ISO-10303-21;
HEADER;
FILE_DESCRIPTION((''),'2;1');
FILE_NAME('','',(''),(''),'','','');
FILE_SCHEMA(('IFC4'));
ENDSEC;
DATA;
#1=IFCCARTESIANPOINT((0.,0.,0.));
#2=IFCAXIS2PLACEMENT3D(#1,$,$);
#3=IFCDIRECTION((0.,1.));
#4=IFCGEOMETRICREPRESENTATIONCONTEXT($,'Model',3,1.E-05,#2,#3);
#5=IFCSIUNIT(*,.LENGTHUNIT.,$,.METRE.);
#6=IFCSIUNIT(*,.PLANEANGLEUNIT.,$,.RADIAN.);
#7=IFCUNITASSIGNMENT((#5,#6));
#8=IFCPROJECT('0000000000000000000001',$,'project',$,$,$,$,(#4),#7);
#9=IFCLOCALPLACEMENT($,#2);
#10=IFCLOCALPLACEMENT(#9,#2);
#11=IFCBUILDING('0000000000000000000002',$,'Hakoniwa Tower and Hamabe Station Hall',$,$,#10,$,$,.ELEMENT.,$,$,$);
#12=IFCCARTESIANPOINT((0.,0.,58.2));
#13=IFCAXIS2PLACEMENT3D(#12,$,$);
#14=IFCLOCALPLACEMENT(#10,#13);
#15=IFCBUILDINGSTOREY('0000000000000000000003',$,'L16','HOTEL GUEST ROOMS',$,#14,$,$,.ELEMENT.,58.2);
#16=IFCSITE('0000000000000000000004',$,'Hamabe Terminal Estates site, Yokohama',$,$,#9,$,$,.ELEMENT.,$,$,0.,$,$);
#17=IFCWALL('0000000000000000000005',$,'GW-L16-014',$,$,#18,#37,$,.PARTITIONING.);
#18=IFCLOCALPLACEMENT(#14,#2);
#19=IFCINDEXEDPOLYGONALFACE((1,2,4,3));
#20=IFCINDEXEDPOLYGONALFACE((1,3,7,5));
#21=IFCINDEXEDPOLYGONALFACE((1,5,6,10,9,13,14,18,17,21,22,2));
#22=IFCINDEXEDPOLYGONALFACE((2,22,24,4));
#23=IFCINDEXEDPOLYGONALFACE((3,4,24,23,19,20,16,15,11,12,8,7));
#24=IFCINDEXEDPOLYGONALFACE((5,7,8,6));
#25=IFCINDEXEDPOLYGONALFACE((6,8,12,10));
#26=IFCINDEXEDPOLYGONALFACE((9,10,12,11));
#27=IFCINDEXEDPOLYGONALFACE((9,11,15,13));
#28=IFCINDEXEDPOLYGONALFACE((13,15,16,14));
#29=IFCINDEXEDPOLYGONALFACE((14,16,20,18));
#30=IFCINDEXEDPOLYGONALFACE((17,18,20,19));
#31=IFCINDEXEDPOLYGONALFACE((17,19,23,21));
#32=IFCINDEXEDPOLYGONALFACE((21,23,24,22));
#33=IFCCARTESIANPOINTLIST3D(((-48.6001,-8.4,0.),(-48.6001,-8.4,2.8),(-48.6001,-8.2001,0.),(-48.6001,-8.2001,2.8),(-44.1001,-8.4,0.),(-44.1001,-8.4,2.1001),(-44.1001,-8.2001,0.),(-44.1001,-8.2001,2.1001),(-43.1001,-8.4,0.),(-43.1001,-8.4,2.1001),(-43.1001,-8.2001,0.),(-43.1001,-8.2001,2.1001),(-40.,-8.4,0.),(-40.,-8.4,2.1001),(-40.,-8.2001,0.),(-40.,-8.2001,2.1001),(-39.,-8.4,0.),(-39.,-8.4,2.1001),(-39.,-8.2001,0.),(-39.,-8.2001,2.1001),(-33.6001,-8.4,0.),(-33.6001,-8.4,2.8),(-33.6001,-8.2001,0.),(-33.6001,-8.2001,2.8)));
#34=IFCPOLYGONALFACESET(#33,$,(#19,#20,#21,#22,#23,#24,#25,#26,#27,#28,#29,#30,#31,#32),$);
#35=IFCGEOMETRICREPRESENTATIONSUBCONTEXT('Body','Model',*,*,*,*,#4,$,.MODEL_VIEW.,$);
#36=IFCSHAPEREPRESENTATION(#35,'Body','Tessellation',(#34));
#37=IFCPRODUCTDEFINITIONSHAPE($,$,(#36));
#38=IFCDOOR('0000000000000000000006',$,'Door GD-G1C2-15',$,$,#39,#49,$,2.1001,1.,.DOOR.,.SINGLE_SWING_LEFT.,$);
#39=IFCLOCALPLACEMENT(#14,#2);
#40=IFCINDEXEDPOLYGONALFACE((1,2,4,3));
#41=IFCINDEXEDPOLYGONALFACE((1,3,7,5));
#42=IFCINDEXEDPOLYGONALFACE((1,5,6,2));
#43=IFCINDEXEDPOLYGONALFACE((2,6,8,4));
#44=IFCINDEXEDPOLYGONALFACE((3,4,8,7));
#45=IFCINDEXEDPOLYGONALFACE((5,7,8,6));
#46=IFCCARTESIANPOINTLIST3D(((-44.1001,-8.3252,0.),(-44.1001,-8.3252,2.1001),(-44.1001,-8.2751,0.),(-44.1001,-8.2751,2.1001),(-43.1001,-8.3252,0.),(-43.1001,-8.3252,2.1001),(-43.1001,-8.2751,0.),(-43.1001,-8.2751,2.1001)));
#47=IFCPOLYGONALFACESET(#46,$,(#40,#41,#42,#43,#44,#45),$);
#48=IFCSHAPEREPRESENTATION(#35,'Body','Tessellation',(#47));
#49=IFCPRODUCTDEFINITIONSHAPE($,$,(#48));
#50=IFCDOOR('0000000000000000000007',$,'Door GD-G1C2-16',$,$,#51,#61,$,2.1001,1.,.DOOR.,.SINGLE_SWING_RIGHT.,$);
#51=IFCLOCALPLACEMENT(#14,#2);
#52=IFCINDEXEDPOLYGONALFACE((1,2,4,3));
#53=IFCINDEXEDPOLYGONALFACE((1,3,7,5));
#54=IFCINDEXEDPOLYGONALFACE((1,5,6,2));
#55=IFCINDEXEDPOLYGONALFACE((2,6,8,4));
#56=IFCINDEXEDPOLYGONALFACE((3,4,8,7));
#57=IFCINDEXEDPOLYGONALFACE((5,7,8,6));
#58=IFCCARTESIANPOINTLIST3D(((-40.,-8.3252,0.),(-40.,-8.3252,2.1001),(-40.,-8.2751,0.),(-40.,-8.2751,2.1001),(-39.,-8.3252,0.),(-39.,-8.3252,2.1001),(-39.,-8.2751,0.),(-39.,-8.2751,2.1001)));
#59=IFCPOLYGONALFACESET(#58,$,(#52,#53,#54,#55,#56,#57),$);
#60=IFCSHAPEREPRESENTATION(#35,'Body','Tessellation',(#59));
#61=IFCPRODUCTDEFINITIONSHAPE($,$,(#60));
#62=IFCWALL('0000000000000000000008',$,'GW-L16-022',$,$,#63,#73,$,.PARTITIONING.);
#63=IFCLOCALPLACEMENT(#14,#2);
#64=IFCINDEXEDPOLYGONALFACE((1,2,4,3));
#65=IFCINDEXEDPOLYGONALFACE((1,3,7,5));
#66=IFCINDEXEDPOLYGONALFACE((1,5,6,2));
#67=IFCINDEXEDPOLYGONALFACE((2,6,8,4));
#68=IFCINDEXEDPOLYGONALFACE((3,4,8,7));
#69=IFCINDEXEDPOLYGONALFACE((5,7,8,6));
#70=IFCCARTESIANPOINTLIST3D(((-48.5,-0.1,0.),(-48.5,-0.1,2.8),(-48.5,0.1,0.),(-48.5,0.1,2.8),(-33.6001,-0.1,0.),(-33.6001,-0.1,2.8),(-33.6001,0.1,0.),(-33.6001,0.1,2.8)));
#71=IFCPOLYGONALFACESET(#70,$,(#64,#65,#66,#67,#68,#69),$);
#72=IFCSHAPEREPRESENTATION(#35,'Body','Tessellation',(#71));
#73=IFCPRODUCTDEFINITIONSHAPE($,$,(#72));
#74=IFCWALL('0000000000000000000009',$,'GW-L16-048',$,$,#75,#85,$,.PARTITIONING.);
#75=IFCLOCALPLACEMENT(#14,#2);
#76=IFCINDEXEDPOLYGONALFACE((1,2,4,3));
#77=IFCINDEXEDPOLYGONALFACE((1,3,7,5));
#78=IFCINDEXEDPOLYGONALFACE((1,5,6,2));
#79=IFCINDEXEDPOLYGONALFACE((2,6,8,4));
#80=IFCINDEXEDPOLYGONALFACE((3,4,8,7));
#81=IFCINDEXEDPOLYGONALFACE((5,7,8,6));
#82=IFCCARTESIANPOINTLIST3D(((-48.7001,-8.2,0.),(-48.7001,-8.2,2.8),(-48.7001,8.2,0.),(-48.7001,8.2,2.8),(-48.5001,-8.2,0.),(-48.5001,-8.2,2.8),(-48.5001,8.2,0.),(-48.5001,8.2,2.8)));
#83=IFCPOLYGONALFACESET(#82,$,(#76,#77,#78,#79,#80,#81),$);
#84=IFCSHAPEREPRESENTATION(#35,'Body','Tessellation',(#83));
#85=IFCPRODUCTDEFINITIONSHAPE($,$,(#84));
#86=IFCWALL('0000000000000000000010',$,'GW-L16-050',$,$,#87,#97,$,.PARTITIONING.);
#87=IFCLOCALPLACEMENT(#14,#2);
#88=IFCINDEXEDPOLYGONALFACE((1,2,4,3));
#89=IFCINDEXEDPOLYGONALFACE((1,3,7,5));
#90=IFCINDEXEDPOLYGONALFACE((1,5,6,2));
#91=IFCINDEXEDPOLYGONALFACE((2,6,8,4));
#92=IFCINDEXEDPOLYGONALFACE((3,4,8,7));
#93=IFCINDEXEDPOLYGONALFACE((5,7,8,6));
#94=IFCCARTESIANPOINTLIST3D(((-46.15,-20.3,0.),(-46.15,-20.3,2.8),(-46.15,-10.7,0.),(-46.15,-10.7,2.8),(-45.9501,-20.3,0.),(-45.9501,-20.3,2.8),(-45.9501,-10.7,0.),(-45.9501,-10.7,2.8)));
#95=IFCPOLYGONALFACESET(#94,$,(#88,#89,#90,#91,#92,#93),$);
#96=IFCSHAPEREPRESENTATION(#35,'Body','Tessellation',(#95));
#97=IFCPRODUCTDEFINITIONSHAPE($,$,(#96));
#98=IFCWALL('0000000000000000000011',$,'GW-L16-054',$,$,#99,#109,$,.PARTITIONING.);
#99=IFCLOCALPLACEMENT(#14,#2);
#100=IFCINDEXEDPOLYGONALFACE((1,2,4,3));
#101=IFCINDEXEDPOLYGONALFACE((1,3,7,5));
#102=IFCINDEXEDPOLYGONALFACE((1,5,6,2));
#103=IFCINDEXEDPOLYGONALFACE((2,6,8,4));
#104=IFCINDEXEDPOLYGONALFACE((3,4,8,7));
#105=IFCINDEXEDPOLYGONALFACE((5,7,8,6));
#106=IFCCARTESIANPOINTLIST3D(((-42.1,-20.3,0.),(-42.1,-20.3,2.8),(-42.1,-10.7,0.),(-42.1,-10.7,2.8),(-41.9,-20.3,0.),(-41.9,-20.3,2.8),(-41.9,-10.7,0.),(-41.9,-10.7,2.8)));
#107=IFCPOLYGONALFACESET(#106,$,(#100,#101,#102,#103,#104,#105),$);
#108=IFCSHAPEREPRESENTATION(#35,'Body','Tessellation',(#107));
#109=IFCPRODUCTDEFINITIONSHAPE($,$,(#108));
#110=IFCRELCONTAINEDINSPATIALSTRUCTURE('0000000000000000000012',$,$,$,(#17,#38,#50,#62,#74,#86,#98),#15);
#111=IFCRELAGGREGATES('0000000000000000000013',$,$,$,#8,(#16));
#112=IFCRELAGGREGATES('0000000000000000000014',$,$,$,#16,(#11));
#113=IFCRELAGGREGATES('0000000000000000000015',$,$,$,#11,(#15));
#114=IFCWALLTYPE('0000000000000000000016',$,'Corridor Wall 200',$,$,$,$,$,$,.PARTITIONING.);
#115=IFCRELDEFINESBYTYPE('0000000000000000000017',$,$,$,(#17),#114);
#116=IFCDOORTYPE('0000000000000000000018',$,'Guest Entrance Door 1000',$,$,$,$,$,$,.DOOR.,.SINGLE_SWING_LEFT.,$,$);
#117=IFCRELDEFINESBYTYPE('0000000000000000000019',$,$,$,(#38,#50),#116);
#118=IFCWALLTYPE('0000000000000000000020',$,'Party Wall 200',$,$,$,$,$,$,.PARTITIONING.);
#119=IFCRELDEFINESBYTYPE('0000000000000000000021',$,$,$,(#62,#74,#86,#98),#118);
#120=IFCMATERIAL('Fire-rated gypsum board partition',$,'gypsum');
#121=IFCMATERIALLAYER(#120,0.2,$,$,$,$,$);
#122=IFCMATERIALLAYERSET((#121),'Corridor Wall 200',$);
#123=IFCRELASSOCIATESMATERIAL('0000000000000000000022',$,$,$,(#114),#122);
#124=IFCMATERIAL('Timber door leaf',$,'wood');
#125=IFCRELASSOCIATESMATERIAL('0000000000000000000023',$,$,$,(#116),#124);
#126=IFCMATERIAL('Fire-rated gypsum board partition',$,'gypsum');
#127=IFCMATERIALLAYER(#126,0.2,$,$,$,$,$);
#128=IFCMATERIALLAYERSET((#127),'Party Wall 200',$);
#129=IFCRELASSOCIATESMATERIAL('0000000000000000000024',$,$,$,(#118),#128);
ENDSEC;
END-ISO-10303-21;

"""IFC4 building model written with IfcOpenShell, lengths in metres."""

from ifc_helpers import new_model, si_unit, direction, frame, frame_2d, origin, place, context, subcontext, project, spatial, rectangle, extrude, material, layer, layer_set, type_object, element, fill, save


model = new_model("IFC4")

# Units and contexts
model_context = context("Model", 3, precision=1e-05, world=origin(), true_north=direction((0.0, 1.0)))
body_context = subcontext(model_context, "Body", "Model", "MODEL_VIEW")
ifc_project = project(units=[si_unit("LENGTHUNIT", "METRE"), si_unit("PLANEANGLEUNIT", "RADIAN")], contexts=[model_context])

# Site, building, storey
site_placement = place(None, origin())
site = spatial("IfcSite", under=ifc_project, at=site_placement, Name="Hamabe Terminal Estates site, Yokohama", CompositionType="ELEMENT", RefElevation=0.0)
building_placement = place(site_placement, origin())
building = spatial("IfcBuilding", under=site, at=building_placement, Name="Hakoniwa Tower and Hamabe Station Hall", CompositionType="ELEMENT")
storey_placement = place(building_placement, frame((0.0, 0.0, 58.2)))
storey = spatial("IfcBuildingStorey", under=building, at=storey_placement, Name="L16", Description="HOTEL GUEST ROOMS", CompositionType="ELEMENT", Elevation=58.2)

# Wall, openings, doors
ifc_material_1 = material(Name="Fire-rated gypsum board partition", Category="gypsum")
ifc_layer_1 = layer(ifc_material_1, 0.2)
ifc_layer_set_1 = layer_set([ifc_layer_1], Name="Corridor Wall 200")
wall_type_1 = type_object("IfcWallType", Name="Corridor Wall 200", PredefinedType="PARTITIONING", material=ifc_layer_set_1)
ifc_material_2 = material(Name="Timber door leaf", Category="wood")
door_type_1 = type_object("IfcDoorType", Name="Guest Entrance Door 1000", OperationType="SINGLE_SWING_LEFT", PredefinedType="DOOR", material=ifc_material_2)
wall_1_placement = place(storey_placement, frame((-48.6001, -8.3, 0.0), z_axis=(0.0, 0.0, 1.0), x_axis=(1.0, 0.0, 0.0)))
wall_1 = element("IfcWall", 1, at=wall_1_placement, inside=storey, type_object=wall_type_1, Name="GW-L16-014", PredefinedType="PARTITIONING", context=body_context, shape_type="SweptSolid", body=[
    extrude(rectangle(XDim=15.0, YDim=0.2, at=frame_2d((7.5, 0.0))), origin(), (0.0, 0.0, 1.0), 2.8),
])
opening_1_placement = place(wall_1_placement, frame((4.5, 0.0, 0.0)))
opening_1 = element("IfcOpeningElement", 2, at=opening_1_placement, cuts=wall_1, PredefinedType="OPENING", context=body_context, shape_type="SweptSolid", body=[
    extrude(rectangle(XDim=1.0, YDim=2.1001, at=frame_2d((0.5, 1.05))), frame((0.0, 0.1099, 0.0), z_axis=(0.0, -1.0, 0.0), x_axis=(1.0, 0.0, 0.0)), (0.0, 0.0, 1.0), 0.22),
])
opening_2_placement = place(wall_1_placement, frame((8.6001, 0.0, 0.0)))
opening_2 = element("IfcOpeningElement", 3, at=opening_2_placement, cuts=wall_1, PredefinedType="OPENING", context=body_context, shape_type="SweptSolid", body=[
    extrude(rectangle(XDim=1.0, YDim=2.1001, at=frame_2d((0.5, 1.05))), frame((0.0, 0.1099, 0.0), z_axis=(0.0, -1.0, 0.0), x_axis=(1.0, 0.0, 0.0)), (0.0, 0.0, 1.0), 0.22),
])
door_1_placement = place(opening_1_placement, origin())
door_1 = element("IfcDoor", 4, at=door_1_placement, inside=storey, type_object=door_type_1, Name="Door GD-G1C2-15", OperationType="SINGLE_SWING_LEFT", OverallHeight=2.1001, OverallWidth=1.0, PredefinedType="DOOR", context=body_context, shape_type="SweptSolid", body=[
    extrude(rectangle(XDim=1.0, YDim=2.1001, at=frame_2d((0.5, 1.05))), frame((0.0, 0.0249, 0.0), z_axis=(0.0, -1.0, 0.0), x_axis=(1.0, 0.0, 0.0)), (0.0, 0.0, 1.0), 0.05),
])
fill(opening_1, door_1)
door_2_placement = place(opening_2_placement, origin())
door_2 = element("IfcDoor", 5, at=door_2_placement, inside=storey, type_object=door_type_1, Name="Door GD-G1C2-16", OperationType="SINGLE_SWING_RIGHT", OverallHeight=2.1001, OverallWidth=1.0, PredefinedType="DOOR", context=body_context, shape_type="SweptSolid", body=[
    extrude(rectangle(XDim=1.0, YDim=2.1001, at=frame_2d((0.5, 1.05))), frame((0.0, 0.0249, 0.0), z_axis=(0.0, -1.0, 0.0), x_axis=(1.0, 0.0, 0.0)), (0.0, 0.0, 1.0), 0.05),
])
fill(opening_2, door_2)

# Walls
ifc_material_3 = material(Name="Fire-rated gypsum board partition", Category="gypsum")
ifc_layer_2 = layer(ifc_material_3, 0.2)
ifc_layer_set_2 = layer_set([ifc_layer_2], Name="Party Wall 200")
wall_type_2 = type_object("IfcWallType", Name="Party Wall 200", PredefinedType="PARTITIONING", material=ifc_layer_set_2)
wall_2_placement = place(storey_placement, frame((-48.5, 0.0, 0.0), z_axis=(0.0, 0.0, 1.0), x_axis=(1.0, 0.0, 0.0)))
element("IfcWall", 6, at=wall_2_placement, inside=storey, type_object=wall_type_2, Name="GW-L16-022", PredefinedType="PARTITIONING", context=body_context, shape_type="SweptSolid", body=[
    extrude(rectangle(XDim=14.8999, YDim=0.2, at=frame_2d((7.45, 0.0))), origin(), (0.0, 0.0, 1.0), 2.8),
])
wall_3_placement = place(storey_placement, frame((-48.6001, -8.2, 0.0), z_axis=(0.0, 0.0, 1.0), x_axis=(0.0, 1.0, 0.0)))
element("IfcWall", 7, at=wall_3_placement, inside=storey, type_object=wall_type_2, Name="GW-L16-048", PredefinedType="PARTITIONING", context=body_context, shape_type="SweptSolid", body=[
    extrude(rectangle(XDim=16.3999, YDim=0.2, at=frame_2d((8.2, 0.0))), origin(), (0.0, 0.0, 1.0), 2.8),
])
for number, where, z_axis, x_axis, name in (
    (8, (-46.05, -20.3, 0.0), (0.0, 0.0, 1.0), (0.0, 1.0, 0.0), "GW-L16-050"),
    (9, (-42.0, -20.3, 0.0), (0.0, 0.0, 1.0), (0.0, 1.0, 0.0), "GW-L16-054"),
):
    element("IfcWall", number, at=place(storey_placement, frame(where, z_axis=z_axis, x_axis=x_axis)), inside=storey, type_object=wall_type_2, Name=name, PredefinedType="PARTITIONING", context=body_context, shape_type="SweptSolid", body=[
        extrude(rectangle(XDim=9.6001, YDim=0.2, at=frame_2d((4.8, 0.0))), origin(), (0.0, 0.0, 1.0), 2.8),
    ])

save(model, "model.ifc")
